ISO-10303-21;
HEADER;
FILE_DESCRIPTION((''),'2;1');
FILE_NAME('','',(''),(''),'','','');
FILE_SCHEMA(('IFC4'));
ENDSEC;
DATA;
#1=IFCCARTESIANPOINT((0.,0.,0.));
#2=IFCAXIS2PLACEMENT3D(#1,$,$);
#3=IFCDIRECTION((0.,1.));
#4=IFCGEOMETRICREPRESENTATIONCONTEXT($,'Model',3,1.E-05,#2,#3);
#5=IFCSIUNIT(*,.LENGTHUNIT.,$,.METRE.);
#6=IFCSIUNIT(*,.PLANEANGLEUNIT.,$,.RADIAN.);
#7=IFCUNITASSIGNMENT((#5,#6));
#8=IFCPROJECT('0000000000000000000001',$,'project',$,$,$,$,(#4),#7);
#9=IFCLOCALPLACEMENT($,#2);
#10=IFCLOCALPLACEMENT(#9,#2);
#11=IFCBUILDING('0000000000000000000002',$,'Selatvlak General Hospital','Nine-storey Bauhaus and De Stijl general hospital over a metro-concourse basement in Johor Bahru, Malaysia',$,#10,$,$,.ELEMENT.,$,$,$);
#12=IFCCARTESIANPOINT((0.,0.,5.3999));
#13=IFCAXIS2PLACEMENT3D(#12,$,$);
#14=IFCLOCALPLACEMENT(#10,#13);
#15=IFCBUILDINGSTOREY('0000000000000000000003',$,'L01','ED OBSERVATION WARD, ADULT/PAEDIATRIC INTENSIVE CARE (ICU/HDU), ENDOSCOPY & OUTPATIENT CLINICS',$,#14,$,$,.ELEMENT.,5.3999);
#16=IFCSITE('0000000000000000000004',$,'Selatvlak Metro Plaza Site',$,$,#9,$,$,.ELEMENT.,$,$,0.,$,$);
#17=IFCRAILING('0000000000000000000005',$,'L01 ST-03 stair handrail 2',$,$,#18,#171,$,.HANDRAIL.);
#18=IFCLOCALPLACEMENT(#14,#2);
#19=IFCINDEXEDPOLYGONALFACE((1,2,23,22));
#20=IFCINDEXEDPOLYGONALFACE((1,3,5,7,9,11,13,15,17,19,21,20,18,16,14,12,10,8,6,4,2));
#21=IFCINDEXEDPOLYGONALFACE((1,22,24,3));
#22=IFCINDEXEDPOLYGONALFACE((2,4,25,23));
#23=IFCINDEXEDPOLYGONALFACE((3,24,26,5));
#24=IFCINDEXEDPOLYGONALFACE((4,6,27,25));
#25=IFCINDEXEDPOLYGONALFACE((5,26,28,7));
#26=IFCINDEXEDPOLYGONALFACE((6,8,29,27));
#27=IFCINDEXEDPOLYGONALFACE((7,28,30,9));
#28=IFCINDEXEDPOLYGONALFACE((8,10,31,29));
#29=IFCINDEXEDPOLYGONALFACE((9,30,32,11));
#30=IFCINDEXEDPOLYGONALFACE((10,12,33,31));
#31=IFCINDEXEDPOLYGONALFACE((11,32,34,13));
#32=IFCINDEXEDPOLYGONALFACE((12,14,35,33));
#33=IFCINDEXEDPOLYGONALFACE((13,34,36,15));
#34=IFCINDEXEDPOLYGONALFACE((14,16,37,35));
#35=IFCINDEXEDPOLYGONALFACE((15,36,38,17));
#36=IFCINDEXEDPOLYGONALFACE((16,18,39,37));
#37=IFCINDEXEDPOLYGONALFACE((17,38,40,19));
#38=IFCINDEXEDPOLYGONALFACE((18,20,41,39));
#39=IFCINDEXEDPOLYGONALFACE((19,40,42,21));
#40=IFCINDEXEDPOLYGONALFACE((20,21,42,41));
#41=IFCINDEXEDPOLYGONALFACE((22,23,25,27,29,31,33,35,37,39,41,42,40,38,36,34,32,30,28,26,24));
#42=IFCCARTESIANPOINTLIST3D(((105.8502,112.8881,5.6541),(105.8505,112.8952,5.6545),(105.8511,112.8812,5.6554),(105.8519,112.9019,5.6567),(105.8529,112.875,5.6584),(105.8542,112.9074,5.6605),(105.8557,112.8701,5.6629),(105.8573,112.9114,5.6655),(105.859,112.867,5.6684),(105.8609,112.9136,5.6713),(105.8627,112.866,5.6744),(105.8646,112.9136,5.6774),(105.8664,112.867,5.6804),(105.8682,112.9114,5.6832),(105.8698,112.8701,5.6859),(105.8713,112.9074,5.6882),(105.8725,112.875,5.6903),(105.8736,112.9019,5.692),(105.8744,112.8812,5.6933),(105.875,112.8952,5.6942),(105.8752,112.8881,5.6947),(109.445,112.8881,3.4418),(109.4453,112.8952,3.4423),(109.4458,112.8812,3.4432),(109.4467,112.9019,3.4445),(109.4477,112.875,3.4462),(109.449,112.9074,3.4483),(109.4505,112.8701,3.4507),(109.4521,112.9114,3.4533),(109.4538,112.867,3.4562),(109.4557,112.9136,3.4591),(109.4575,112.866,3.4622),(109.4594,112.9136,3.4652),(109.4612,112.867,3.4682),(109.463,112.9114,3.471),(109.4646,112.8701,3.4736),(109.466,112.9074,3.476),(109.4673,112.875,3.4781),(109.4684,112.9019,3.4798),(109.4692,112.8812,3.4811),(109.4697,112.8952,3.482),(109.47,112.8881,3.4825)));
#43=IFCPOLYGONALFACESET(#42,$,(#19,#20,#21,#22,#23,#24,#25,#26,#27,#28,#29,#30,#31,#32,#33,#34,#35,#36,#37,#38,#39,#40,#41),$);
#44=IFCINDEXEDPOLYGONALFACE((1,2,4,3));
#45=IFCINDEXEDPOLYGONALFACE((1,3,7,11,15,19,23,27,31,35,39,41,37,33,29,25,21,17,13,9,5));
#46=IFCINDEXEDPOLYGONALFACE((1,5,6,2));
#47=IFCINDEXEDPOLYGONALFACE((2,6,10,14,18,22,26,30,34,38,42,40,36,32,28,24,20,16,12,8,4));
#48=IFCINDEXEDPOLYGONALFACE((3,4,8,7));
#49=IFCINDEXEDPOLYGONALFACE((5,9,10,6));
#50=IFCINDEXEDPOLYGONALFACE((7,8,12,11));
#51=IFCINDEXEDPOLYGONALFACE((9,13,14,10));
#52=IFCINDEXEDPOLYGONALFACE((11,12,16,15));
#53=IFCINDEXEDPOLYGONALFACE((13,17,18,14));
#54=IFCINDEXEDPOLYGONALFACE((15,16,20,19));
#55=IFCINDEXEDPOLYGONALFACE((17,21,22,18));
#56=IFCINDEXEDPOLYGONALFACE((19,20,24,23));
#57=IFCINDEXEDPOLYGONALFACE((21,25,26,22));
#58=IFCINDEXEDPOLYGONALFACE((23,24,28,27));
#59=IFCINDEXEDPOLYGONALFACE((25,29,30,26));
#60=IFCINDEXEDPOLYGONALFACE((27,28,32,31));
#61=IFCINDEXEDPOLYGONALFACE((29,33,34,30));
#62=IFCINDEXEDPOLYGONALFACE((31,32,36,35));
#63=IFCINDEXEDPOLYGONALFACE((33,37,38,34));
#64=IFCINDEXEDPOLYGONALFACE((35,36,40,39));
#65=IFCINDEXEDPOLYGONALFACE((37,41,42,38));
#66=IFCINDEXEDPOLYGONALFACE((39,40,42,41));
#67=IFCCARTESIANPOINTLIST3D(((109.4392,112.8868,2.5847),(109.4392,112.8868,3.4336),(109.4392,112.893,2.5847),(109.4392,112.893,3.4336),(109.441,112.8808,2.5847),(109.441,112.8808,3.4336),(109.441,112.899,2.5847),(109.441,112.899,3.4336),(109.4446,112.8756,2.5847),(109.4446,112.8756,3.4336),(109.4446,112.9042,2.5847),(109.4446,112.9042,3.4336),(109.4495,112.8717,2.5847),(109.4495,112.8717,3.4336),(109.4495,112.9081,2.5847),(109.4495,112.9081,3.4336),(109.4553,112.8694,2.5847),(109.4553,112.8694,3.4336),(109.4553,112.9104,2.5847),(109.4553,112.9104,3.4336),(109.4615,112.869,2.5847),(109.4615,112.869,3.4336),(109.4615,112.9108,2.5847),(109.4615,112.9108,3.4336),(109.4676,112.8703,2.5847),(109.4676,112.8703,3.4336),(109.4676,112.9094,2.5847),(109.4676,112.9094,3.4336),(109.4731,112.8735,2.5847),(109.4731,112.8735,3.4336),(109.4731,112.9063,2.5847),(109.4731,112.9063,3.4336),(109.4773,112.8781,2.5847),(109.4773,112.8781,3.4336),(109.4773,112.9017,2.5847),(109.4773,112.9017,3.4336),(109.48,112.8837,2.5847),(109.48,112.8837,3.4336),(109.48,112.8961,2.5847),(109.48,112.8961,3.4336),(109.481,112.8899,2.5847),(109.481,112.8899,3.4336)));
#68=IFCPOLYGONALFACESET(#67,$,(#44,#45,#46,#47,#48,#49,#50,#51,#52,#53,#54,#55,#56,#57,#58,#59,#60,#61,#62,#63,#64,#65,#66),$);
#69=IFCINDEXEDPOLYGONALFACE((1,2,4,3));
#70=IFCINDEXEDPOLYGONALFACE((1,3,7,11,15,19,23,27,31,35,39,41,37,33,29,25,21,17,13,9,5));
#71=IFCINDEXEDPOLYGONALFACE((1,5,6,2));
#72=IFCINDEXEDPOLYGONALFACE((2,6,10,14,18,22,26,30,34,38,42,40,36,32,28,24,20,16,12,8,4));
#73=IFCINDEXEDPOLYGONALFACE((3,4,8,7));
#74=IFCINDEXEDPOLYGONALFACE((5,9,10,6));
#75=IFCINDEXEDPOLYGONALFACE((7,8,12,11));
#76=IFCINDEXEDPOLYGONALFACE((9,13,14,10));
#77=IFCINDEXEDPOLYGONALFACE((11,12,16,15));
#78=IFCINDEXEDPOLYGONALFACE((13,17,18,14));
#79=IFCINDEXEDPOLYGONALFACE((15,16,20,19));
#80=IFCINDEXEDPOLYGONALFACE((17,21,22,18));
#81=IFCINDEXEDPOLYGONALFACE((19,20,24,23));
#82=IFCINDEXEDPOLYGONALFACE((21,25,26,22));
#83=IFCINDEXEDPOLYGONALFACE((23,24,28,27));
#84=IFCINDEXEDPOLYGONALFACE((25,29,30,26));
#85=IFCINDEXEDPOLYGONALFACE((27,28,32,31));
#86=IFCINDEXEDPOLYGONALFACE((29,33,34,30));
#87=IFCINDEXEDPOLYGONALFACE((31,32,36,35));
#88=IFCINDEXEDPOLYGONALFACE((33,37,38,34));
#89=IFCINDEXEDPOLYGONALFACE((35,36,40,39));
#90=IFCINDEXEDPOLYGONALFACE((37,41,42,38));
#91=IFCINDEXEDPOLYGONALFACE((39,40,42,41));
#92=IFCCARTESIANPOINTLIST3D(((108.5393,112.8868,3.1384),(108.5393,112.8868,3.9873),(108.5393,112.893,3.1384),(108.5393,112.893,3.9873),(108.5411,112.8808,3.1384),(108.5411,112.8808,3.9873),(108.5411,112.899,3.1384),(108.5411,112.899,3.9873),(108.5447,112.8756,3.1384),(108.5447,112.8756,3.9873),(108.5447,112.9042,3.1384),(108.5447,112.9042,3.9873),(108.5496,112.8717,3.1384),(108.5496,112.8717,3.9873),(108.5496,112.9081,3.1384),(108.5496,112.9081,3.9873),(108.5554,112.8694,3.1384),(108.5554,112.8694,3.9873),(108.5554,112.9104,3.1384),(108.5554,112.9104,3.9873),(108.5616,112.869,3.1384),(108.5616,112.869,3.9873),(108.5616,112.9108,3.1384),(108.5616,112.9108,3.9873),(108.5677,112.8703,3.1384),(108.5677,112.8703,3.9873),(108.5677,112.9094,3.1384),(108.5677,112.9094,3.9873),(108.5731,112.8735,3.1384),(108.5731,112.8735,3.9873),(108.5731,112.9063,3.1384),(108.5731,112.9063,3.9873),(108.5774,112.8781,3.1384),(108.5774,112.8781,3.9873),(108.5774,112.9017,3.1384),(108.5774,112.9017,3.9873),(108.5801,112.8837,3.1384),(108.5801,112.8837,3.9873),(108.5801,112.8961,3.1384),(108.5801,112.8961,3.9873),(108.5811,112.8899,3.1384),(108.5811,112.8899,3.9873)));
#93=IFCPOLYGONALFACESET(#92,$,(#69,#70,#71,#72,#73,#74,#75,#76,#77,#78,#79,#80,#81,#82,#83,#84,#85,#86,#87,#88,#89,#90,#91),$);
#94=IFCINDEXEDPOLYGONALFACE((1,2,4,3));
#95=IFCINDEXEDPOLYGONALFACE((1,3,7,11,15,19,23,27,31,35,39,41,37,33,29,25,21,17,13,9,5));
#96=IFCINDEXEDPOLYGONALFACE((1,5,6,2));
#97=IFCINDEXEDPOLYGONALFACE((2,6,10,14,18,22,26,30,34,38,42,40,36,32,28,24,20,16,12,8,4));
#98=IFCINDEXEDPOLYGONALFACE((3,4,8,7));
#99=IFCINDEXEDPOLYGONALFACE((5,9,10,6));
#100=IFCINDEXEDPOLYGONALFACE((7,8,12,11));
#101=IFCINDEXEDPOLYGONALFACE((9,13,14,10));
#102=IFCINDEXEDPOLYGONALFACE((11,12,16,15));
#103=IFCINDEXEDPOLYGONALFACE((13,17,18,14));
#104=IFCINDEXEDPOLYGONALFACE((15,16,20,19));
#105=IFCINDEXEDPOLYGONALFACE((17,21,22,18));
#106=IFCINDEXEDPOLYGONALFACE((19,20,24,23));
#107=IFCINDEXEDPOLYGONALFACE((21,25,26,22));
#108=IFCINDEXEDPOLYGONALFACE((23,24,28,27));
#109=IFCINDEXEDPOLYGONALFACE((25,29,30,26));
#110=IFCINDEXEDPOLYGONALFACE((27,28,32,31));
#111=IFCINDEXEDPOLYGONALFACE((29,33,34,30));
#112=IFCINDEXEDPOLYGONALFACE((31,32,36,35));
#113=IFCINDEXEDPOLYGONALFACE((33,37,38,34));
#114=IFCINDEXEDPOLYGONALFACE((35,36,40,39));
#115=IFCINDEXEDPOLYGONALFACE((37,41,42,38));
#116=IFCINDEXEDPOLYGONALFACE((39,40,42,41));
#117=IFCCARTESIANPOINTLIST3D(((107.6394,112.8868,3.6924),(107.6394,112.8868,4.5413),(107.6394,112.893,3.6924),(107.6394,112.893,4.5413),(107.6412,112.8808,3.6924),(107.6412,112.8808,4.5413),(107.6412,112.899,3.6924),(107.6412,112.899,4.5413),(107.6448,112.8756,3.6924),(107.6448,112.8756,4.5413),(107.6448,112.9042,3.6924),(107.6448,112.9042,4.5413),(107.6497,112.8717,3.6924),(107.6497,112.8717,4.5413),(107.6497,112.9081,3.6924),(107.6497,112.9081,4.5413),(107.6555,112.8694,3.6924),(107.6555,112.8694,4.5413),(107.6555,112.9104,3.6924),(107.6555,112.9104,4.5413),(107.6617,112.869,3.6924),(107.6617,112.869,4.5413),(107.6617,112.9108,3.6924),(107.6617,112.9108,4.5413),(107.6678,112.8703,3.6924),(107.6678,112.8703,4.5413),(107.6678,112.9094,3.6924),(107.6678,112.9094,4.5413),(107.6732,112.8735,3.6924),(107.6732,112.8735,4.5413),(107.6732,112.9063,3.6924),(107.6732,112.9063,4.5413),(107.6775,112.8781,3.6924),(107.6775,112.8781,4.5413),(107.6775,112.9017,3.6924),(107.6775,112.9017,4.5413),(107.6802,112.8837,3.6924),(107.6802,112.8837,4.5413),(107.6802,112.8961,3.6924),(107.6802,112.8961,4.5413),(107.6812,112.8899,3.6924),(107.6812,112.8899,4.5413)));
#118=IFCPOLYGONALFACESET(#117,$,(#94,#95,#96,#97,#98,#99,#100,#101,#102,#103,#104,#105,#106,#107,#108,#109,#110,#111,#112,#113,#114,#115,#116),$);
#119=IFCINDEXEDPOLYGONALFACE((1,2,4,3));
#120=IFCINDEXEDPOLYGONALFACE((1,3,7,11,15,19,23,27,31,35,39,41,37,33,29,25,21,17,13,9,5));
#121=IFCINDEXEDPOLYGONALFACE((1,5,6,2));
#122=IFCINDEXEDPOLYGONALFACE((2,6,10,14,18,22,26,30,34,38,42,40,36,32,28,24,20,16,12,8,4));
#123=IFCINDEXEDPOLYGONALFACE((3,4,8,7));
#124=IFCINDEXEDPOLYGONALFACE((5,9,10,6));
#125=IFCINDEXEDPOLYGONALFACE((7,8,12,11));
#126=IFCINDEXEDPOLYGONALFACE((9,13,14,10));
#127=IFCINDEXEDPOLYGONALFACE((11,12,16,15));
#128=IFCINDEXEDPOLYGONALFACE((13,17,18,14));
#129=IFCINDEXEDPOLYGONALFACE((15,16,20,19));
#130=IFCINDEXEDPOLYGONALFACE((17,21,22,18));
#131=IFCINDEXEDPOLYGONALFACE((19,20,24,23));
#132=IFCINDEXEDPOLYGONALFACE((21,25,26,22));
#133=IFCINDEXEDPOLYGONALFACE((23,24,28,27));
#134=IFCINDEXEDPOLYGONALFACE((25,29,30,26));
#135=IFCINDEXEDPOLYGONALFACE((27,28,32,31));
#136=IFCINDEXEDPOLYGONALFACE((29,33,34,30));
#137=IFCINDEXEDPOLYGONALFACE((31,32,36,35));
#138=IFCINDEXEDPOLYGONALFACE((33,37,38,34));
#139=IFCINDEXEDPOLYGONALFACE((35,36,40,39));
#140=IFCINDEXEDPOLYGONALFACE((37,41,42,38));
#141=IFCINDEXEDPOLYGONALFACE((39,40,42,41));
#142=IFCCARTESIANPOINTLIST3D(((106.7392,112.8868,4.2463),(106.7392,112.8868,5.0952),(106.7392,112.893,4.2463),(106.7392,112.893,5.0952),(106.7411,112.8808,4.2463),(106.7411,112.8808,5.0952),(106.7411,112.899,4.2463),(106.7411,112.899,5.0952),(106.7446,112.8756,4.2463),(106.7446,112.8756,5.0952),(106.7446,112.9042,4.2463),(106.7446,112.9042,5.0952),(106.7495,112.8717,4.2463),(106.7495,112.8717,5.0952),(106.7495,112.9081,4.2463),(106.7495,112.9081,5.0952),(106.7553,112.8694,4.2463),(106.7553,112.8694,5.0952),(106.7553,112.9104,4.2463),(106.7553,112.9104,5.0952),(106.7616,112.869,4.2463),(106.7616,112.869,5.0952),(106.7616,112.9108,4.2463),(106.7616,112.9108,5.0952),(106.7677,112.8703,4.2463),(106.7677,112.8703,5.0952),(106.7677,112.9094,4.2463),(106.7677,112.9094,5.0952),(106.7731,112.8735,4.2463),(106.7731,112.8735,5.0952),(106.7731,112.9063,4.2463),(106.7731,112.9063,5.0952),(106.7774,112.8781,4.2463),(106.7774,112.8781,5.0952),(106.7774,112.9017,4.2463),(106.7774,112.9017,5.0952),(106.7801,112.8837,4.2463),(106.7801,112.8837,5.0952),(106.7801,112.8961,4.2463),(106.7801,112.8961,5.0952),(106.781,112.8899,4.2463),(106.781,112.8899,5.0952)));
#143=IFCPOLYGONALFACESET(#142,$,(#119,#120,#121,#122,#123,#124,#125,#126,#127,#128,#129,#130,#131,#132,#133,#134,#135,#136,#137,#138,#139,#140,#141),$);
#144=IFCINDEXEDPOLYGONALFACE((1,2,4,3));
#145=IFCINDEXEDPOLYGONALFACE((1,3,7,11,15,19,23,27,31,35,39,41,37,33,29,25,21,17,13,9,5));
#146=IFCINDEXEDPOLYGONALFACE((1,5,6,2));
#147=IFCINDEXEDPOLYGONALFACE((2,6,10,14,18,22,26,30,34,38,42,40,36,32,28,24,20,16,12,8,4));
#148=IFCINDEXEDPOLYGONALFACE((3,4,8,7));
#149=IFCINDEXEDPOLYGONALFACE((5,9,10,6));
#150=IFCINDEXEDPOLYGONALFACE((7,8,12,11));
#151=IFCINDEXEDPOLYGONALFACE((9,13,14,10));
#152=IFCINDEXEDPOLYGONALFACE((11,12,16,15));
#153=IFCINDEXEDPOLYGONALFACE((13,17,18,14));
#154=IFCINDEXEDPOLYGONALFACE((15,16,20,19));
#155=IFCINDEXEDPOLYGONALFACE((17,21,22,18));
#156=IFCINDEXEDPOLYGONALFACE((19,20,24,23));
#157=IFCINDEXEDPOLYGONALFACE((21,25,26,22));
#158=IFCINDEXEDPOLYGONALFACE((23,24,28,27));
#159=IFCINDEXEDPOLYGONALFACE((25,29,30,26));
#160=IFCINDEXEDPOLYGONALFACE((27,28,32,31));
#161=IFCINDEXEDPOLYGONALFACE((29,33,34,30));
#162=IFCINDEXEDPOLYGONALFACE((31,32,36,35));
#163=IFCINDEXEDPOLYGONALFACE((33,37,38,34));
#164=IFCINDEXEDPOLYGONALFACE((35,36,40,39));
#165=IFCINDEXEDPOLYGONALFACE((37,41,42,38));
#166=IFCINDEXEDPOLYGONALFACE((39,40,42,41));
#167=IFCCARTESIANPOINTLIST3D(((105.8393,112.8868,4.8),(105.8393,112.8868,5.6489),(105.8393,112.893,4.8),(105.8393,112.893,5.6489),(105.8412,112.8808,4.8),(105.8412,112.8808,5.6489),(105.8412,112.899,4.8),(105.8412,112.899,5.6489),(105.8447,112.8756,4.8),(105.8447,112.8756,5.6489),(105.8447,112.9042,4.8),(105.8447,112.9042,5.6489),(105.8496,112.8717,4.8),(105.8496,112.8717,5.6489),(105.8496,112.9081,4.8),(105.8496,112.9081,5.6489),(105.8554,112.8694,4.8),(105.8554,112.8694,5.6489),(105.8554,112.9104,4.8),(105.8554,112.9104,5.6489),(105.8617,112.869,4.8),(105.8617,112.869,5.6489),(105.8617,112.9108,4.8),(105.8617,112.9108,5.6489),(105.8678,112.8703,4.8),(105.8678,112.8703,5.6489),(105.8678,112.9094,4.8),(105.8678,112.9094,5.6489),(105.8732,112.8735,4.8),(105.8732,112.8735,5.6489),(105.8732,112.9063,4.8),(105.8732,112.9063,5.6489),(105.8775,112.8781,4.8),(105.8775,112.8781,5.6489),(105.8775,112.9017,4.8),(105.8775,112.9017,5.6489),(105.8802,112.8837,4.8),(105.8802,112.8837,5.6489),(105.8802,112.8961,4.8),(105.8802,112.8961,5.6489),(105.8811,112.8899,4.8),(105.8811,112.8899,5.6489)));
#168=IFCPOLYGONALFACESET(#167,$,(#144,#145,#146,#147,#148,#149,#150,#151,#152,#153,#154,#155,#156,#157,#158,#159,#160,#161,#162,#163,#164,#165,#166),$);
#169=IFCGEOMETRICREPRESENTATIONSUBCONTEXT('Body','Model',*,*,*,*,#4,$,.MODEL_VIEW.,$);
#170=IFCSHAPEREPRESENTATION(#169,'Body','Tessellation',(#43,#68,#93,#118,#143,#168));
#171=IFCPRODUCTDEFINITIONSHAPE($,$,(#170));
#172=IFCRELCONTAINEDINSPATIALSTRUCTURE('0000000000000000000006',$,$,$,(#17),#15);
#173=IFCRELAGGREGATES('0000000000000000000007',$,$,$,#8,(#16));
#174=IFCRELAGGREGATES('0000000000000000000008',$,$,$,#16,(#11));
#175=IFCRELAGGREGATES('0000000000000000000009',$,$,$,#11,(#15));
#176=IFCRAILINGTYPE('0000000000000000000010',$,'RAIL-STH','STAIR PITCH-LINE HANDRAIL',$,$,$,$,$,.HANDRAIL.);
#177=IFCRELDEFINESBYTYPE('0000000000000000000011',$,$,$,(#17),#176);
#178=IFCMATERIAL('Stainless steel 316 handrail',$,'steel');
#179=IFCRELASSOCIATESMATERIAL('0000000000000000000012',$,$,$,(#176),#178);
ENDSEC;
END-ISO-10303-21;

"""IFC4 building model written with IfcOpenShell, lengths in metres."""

from ifc_helpers import new_model, si_unit, direction, frame, origin, origin_2d, place, context, subcontext, project, spatial, circle, extrude, material, type_object, element, save


model = new_model("IFC4")

# Units and contexts
model_context = context("Model", 3, precision=1e-05, world=origin(), true_north=direction((0.0, 1.0)))
body_context = subcontext(model_context, "Body", "Model", "MODEL_VIEW")
ifc_project = project(units=[si_unit("LENGTHUNIT", "METRE"), si_unit("PLANEANGLEUNIT", "RADIAN")], contexts=[model_context])

# Site, building, storey
site_placement = place(None, origin())
site = spatial("IfcSite", under=ifc_project, at=site_placement, Name="Selatvlak Metro Plaza Site", CompositionType="ELEMENT", RefElevation=0.0)
building_placement = place(site_placement, origin())
building = spatial("IfcBuilding", under=site, at=building_placement, Name="Selatvlak General Hospital", Description="Nine-storey Bauhaus and De Stijl general hospital over a metro-concourse basement in Johor Bahru, Malaysia", CompositionType="ELEMENT")
storey_placement = place(building_placement, frame((0.0, 0.0, 5.3999)))
storey = spatial("IfcBuildingStorey", under=building, at=storey_placement, Name="L01", Description="ED OBSERVATION WARD, ADULT/PAEDIATRIC INTENSIVE CARE (ICU/HDU), ENDOSCOPY & OUTPATIENT CLINICS", CompositionType="ELEMENT", Elevation=5.3999)

# Railing
ifc_material_1 = material(Name="Stainless steel 316 handrail", Category="steel")
railing_type_1 = type_object("IfcRailingType", Name="RAIL-STH", Description="STAIR PITCH-LINE HANDRAIL", PredefinedType="HANDRAIL", material=ifc_material_1)
railing_1_placement = place(storey_placement, frame((109.46, 112.8899, 2.5847)))
element("IfcRailing", 1, at=railing_1_placement, inside=storey, type_object=railing_type_1, Name="L01 ST-03 stair handrail 2", PredefinedType="HANDRAIL", context=body_context, shape_type="SweptSolid", body=[
    extrude(circle(Radius=0.0239, at=origin_2d()), frame((-0.0024, 0.0, 0.8774), z_axis=(-0.851654, 0.0, 0.524104), x_axis=(0.0, -1.0, 0.0)), (0.0, 0.0, 1.0), 4.2209),
    extrude(circle(Radius=0.021, at=origin_2d()), origin(), (0.0, 0.0, 1.0), 0.8489),
    extrude(circle(Radius=0.021, at=origin_2d()), frame((-0.8999, 0.0, 0.5537)), (0.0, 0.0, 1.0), 0.8489),
    extrude(circle(Radius=0.021, at=origin_2d()), frame((-1.7998, 0.0, 1.1077)), (0.0, 0.0, 1.0), 0.8489),
    extrude(circle(Radius=0.021, at=origin_2d()), frame((-2.7, 0.0, 1.6616)), (0.0, 0.0, 1.0), 0.8489),
    extrude(circle(Radius=0.021, at=origin_2d()), frame((-3.5999, 0.0, 2.2153)), (0.0, 0.0, 1.0), 0.8489),
])

save(model, "model.ifc")
